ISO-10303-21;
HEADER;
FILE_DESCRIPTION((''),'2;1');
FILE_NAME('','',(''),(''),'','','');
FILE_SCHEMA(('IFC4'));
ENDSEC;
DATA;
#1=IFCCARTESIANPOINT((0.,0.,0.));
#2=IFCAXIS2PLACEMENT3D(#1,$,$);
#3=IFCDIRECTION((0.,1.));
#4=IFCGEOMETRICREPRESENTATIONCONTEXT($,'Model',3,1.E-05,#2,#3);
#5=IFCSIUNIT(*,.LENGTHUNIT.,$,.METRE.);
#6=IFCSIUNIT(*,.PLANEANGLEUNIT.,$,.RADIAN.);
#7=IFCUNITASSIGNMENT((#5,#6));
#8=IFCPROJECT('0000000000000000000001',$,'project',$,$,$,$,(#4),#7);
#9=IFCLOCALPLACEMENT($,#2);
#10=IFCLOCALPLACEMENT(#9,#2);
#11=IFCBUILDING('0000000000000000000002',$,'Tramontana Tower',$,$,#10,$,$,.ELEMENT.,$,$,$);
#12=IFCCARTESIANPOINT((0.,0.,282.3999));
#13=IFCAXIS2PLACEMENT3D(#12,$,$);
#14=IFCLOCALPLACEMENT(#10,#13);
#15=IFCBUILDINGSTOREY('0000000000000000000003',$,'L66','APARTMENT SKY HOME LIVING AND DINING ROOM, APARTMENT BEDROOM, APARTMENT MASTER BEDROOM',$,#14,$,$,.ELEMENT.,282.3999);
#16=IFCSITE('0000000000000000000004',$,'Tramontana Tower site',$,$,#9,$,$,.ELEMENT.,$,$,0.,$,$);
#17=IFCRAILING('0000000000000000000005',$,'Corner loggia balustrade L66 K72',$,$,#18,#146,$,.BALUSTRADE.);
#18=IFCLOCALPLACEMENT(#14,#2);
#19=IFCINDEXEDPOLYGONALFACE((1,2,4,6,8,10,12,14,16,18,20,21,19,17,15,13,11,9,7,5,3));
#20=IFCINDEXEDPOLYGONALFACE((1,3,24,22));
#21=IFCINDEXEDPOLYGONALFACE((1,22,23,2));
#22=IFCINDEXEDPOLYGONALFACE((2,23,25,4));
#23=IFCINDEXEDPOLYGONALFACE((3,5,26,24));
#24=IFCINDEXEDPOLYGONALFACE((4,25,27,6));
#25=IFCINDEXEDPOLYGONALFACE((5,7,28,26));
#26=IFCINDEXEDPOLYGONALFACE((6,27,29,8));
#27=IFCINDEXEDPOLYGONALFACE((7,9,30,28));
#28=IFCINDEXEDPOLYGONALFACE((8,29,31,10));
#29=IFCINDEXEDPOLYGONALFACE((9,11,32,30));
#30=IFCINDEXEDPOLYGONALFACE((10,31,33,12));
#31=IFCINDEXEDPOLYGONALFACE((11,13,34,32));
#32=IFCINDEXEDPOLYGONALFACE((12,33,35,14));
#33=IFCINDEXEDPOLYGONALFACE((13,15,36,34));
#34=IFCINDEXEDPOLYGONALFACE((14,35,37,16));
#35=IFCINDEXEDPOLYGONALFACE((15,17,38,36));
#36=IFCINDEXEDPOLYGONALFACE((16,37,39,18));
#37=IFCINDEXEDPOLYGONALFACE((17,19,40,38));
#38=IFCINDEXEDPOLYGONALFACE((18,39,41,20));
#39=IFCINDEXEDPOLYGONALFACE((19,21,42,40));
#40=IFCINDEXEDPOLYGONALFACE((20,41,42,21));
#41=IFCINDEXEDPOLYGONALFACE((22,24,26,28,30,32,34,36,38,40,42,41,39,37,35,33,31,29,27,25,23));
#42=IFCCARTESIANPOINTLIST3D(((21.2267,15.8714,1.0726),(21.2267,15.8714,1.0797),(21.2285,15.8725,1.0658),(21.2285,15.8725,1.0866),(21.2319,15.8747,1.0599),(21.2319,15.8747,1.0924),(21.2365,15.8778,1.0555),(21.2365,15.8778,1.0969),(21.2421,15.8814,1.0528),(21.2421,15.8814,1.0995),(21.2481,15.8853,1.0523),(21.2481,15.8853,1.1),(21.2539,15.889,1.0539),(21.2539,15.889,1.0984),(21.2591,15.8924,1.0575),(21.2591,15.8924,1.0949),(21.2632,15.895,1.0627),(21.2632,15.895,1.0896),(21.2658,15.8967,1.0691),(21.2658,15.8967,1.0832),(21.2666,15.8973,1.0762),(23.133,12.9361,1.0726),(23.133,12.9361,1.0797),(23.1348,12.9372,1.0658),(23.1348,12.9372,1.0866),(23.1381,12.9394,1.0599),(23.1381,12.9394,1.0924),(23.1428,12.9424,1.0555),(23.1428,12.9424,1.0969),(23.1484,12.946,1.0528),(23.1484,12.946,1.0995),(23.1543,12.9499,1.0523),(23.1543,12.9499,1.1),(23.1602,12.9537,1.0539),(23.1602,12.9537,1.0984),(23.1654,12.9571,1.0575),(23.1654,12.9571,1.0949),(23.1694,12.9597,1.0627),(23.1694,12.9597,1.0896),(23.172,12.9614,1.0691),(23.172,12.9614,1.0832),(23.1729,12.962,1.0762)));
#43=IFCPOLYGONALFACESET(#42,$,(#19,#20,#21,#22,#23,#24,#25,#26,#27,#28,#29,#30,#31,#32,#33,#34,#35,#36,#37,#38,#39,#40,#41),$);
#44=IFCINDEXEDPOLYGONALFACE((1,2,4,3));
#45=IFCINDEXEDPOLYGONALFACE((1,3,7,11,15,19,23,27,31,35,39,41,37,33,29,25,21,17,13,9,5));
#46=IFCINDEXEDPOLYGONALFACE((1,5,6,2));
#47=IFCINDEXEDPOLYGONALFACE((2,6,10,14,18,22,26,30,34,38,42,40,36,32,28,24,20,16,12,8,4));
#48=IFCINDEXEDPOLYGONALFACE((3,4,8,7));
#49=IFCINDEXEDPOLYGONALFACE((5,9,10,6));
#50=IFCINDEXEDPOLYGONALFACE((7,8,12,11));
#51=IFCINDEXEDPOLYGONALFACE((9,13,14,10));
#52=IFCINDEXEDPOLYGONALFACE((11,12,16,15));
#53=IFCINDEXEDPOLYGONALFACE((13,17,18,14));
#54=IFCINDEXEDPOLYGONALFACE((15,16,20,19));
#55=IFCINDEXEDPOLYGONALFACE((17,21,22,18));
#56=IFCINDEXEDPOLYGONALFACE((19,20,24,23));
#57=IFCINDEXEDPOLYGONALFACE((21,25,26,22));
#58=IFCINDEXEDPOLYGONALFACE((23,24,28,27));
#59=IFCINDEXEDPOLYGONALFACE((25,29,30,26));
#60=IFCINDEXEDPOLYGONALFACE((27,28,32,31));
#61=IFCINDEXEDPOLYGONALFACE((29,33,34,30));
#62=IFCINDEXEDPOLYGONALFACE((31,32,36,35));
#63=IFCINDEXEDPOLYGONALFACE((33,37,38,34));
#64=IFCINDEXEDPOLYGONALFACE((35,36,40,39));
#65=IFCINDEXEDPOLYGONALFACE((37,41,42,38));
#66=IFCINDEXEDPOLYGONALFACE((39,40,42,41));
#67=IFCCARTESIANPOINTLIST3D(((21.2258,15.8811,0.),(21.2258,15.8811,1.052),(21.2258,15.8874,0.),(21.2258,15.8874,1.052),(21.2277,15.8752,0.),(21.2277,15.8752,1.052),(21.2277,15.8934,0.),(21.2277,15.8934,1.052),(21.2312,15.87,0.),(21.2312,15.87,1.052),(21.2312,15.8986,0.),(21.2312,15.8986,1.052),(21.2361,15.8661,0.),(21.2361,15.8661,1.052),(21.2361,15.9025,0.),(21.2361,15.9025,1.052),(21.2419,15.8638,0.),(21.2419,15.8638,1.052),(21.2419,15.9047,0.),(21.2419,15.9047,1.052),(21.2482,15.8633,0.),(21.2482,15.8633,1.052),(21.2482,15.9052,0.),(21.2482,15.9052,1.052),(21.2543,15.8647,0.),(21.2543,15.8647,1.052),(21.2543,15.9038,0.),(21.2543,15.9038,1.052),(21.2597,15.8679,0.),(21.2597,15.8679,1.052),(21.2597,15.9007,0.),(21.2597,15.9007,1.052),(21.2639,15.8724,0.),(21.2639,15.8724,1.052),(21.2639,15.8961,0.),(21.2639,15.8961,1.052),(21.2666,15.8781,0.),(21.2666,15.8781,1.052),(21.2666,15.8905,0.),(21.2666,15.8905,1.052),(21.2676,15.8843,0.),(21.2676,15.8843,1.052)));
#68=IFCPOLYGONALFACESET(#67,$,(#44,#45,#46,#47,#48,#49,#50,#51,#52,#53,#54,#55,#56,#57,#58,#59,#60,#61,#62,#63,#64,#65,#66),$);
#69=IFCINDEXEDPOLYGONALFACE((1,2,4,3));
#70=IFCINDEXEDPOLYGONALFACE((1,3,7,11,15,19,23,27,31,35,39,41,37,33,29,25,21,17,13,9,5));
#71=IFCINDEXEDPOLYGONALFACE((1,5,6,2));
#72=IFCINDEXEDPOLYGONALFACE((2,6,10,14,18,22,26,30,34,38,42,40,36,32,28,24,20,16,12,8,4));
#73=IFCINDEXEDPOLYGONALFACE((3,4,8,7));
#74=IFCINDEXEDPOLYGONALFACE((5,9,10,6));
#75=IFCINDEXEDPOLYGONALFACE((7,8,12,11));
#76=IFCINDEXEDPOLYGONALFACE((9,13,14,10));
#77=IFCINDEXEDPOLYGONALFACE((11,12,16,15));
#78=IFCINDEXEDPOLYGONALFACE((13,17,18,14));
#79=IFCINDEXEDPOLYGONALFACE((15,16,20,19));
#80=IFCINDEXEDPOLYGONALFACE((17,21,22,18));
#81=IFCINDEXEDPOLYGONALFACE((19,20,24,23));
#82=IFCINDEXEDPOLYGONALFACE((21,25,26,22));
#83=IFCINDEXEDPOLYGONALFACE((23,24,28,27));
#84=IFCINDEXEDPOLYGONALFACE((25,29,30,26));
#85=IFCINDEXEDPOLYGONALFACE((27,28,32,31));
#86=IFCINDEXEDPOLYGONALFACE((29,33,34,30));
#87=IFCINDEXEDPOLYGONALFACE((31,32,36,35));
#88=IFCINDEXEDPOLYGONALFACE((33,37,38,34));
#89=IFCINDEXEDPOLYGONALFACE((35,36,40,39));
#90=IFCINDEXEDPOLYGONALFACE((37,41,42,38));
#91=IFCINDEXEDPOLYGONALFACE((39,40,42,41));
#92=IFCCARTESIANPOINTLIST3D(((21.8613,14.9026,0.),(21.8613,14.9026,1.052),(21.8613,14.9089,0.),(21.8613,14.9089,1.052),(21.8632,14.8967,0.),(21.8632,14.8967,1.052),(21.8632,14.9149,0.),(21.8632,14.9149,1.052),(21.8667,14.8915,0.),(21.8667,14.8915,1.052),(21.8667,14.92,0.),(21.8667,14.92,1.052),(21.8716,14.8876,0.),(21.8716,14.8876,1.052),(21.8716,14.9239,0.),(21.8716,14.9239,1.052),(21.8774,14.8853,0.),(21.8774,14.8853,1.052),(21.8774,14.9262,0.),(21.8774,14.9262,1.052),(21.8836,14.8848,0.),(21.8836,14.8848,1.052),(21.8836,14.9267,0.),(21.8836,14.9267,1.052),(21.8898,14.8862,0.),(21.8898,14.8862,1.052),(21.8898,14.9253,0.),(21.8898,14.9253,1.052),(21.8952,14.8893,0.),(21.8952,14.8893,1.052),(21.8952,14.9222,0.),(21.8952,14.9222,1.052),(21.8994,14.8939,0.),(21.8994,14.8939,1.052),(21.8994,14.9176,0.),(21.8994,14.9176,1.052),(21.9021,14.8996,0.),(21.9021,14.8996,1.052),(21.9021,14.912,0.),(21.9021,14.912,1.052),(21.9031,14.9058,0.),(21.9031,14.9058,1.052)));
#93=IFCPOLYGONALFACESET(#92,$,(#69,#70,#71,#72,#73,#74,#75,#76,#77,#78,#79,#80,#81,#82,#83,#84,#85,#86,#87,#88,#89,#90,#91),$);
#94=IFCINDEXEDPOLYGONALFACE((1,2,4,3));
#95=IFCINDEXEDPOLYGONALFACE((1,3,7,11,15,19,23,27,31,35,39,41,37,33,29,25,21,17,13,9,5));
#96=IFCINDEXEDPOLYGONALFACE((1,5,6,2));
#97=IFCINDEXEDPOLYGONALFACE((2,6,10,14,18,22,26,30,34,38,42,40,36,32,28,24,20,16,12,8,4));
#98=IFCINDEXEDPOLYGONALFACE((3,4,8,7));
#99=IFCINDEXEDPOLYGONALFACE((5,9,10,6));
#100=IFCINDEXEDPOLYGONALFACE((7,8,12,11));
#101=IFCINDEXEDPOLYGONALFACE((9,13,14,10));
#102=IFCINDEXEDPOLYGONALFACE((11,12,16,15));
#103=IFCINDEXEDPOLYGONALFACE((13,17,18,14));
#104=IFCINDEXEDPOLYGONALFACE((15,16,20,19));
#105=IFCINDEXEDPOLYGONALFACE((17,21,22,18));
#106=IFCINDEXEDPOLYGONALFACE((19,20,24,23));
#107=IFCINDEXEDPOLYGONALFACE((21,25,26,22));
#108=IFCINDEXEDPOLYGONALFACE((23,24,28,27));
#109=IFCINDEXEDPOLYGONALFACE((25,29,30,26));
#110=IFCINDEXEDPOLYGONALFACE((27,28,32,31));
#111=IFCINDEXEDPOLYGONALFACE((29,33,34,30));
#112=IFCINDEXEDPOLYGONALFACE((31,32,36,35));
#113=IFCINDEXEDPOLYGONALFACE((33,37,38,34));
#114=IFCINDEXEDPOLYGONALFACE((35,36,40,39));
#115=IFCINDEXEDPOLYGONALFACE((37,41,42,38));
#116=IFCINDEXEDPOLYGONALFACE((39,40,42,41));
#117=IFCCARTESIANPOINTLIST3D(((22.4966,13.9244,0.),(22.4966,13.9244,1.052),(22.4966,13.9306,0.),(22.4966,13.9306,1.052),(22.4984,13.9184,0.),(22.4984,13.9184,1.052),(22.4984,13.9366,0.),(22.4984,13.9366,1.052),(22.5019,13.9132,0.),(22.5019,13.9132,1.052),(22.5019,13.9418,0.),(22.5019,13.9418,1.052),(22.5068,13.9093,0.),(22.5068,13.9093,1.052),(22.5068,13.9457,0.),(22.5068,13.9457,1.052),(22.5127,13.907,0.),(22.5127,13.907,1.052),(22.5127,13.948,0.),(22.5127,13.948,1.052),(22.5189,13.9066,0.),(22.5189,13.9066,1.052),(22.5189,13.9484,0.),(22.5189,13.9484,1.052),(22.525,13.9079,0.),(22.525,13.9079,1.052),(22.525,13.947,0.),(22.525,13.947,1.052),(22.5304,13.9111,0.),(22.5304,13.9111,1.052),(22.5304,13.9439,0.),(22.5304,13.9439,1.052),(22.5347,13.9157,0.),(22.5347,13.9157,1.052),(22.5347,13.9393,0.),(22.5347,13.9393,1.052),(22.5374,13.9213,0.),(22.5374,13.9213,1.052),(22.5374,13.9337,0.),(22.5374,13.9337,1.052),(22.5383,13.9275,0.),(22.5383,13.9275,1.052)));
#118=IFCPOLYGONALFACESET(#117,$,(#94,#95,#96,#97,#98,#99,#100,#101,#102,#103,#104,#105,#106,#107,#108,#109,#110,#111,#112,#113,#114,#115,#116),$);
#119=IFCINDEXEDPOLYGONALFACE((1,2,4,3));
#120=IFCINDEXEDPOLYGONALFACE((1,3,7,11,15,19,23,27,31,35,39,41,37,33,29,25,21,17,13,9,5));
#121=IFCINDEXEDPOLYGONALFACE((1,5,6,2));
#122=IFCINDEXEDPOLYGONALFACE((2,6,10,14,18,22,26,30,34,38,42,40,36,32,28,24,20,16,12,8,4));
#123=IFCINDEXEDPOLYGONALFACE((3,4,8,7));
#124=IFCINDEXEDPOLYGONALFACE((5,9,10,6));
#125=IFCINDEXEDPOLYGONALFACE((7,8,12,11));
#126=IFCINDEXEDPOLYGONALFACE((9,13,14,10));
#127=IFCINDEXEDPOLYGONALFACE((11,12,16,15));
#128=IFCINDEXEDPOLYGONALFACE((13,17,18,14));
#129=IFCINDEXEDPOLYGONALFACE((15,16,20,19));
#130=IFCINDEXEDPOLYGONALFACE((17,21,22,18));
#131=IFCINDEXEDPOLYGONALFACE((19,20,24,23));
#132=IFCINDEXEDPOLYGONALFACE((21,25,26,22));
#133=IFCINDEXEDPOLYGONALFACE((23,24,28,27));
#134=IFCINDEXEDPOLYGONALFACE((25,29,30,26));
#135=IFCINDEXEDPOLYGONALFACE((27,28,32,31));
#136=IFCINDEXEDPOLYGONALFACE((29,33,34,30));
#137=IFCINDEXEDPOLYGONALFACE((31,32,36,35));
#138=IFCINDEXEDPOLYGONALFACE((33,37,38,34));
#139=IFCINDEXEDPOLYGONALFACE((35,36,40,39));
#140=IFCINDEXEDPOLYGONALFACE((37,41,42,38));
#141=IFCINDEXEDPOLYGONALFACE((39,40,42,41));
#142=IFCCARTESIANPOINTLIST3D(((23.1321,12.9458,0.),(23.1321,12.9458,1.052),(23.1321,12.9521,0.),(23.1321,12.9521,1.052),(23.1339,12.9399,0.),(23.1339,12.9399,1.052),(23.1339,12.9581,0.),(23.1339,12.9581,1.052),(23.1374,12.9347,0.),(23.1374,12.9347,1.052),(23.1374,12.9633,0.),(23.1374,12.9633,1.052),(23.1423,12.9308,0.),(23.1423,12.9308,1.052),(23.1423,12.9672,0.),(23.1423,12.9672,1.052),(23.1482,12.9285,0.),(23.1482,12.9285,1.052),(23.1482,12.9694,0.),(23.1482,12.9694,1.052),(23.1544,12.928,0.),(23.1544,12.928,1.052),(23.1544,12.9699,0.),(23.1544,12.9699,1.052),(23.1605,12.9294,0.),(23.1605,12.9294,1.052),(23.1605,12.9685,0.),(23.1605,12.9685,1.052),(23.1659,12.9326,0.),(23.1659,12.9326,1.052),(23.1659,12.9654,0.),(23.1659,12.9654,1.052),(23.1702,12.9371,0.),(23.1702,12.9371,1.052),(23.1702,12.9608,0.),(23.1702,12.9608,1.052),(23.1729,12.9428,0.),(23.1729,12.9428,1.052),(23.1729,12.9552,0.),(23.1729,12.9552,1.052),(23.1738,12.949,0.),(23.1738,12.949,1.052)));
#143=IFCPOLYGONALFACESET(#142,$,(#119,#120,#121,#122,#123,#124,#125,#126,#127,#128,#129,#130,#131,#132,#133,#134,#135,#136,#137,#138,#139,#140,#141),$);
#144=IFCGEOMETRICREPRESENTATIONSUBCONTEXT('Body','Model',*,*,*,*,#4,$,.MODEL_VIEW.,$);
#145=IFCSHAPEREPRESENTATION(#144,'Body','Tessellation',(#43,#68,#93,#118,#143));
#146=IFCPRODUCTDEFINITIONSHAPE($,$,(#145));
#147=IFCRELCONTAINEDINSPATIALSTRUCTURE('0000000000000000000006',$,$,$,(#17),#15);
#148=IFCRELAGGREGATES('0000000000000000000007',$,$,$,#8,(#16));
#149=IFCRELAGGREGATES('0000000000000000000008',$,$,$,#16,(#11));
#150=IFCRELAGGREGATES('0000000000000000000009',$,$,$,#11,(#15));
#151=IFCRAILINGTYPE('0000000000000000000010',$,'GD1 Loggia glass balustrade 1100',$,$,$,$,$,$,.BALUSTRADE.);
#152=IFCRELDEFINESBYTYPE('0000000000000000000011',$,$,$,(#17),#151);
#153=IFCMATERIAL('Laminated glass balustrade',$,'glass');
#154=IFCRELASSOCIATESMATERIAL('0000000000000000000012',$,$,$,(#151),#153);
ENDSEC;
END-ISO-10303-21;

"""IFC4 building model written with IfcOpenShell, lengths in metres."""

from ifc_helpers import new_model, si_unit, direction, frame, origin, origin_2d, place, context, subcontext, project, spatial, circle, extrude, material, type_object, element, save


model = new_model("IFC4")

# Units and contexts
model_context = context("Model", 3, precision=1e-05, world=origin(), true_north=direction((0.0, 1.0)))
body_context = subcontext(model_context, "Body", "Model", "MODEL_VIEW")
ifc_project = project(units=[si_unit("LENGTHUNIT", "METRE"), si_unit("PLANEANGLEUNIT", "RADIAN")], contexts=[model_context])

# Site, building, storey
site_placement = place(None, origin())
site = spatial("IfcSite", under=ifc_project, at=site_placement, Name="Tramontana Tower site", CompositionType="ELEMENT", RefElevation=0.0)
building_placement = place(site_placement, origin())
building = spatial("IfcBuilding", under=site, at=building_placement, Name="Tramontana Tower", CompositionType="ELEMENT")
storey_placement = place(building_placement, frame((0.0, 0.0, 282.3999)))
storey = spatial("IfcBuildingStorey", under=building, at=storey_placement, Name="L66", Description="APARTMENT SKY HOME LIVING AND DINING ROOM, APARTMENT BEDROOM, APARTMENT MASTER BEDROOM", CompositionType="ELEMENT", Elevation=282.3999)

# Railing
ifc_material_1 = material(Name="Laminated glass balustrade", Category="glass")
railing_type = type_object("IfcRailingType", Name="GD1 Loggia glass balustrade 1100", PredefinedType="BALUSTRADE", material=ifc_material_1)
railing_1_placement = place(storey_placement, frame((21.2466, 15.8843, 0.0)))
element("IfcRailing", 1, at=railing_1_placement, inside=storey, type_object=railing_type, Name="Corner loggia balustrade L66 K72", PredefinedType="BALUSTRADE", context=body_context, shape_type="SweptSolid", body=[
    extrude(circle(Radius=0.0239, at=origin_2d()), frame((0.0, 0.0, 1.0762), z_axis=(0.544647, -0.838665, 0.0), x_axis=(0.838665, 0.544647, 0.0)), (0.0, 0.0, 1.0), 3.5),
    extrude(circle(Radius=0.021, at=origin_2d()), origin(), (0.0, 0.0, 1.0), 1.052),
    extrude(circle(Radius=0.021, at=origin_2d()), frame((0.6355, -0.9785, 0.0)), (0.0, 0.0, 1.0), 1.052),
    extrude(circle(Radius=0.021, at=origin_2d()), frame((1.2708, -1.9568, 0.0)), (0.0, 0.0, 1.0), 1.052),
    extrude(circle(Radius=0.021, at=origin_2d()), frame((1.9062, -2.9353, 0.0)), (0.0, 0.0, 1.0), 1.052),
])

save(model, "model.ifc")
